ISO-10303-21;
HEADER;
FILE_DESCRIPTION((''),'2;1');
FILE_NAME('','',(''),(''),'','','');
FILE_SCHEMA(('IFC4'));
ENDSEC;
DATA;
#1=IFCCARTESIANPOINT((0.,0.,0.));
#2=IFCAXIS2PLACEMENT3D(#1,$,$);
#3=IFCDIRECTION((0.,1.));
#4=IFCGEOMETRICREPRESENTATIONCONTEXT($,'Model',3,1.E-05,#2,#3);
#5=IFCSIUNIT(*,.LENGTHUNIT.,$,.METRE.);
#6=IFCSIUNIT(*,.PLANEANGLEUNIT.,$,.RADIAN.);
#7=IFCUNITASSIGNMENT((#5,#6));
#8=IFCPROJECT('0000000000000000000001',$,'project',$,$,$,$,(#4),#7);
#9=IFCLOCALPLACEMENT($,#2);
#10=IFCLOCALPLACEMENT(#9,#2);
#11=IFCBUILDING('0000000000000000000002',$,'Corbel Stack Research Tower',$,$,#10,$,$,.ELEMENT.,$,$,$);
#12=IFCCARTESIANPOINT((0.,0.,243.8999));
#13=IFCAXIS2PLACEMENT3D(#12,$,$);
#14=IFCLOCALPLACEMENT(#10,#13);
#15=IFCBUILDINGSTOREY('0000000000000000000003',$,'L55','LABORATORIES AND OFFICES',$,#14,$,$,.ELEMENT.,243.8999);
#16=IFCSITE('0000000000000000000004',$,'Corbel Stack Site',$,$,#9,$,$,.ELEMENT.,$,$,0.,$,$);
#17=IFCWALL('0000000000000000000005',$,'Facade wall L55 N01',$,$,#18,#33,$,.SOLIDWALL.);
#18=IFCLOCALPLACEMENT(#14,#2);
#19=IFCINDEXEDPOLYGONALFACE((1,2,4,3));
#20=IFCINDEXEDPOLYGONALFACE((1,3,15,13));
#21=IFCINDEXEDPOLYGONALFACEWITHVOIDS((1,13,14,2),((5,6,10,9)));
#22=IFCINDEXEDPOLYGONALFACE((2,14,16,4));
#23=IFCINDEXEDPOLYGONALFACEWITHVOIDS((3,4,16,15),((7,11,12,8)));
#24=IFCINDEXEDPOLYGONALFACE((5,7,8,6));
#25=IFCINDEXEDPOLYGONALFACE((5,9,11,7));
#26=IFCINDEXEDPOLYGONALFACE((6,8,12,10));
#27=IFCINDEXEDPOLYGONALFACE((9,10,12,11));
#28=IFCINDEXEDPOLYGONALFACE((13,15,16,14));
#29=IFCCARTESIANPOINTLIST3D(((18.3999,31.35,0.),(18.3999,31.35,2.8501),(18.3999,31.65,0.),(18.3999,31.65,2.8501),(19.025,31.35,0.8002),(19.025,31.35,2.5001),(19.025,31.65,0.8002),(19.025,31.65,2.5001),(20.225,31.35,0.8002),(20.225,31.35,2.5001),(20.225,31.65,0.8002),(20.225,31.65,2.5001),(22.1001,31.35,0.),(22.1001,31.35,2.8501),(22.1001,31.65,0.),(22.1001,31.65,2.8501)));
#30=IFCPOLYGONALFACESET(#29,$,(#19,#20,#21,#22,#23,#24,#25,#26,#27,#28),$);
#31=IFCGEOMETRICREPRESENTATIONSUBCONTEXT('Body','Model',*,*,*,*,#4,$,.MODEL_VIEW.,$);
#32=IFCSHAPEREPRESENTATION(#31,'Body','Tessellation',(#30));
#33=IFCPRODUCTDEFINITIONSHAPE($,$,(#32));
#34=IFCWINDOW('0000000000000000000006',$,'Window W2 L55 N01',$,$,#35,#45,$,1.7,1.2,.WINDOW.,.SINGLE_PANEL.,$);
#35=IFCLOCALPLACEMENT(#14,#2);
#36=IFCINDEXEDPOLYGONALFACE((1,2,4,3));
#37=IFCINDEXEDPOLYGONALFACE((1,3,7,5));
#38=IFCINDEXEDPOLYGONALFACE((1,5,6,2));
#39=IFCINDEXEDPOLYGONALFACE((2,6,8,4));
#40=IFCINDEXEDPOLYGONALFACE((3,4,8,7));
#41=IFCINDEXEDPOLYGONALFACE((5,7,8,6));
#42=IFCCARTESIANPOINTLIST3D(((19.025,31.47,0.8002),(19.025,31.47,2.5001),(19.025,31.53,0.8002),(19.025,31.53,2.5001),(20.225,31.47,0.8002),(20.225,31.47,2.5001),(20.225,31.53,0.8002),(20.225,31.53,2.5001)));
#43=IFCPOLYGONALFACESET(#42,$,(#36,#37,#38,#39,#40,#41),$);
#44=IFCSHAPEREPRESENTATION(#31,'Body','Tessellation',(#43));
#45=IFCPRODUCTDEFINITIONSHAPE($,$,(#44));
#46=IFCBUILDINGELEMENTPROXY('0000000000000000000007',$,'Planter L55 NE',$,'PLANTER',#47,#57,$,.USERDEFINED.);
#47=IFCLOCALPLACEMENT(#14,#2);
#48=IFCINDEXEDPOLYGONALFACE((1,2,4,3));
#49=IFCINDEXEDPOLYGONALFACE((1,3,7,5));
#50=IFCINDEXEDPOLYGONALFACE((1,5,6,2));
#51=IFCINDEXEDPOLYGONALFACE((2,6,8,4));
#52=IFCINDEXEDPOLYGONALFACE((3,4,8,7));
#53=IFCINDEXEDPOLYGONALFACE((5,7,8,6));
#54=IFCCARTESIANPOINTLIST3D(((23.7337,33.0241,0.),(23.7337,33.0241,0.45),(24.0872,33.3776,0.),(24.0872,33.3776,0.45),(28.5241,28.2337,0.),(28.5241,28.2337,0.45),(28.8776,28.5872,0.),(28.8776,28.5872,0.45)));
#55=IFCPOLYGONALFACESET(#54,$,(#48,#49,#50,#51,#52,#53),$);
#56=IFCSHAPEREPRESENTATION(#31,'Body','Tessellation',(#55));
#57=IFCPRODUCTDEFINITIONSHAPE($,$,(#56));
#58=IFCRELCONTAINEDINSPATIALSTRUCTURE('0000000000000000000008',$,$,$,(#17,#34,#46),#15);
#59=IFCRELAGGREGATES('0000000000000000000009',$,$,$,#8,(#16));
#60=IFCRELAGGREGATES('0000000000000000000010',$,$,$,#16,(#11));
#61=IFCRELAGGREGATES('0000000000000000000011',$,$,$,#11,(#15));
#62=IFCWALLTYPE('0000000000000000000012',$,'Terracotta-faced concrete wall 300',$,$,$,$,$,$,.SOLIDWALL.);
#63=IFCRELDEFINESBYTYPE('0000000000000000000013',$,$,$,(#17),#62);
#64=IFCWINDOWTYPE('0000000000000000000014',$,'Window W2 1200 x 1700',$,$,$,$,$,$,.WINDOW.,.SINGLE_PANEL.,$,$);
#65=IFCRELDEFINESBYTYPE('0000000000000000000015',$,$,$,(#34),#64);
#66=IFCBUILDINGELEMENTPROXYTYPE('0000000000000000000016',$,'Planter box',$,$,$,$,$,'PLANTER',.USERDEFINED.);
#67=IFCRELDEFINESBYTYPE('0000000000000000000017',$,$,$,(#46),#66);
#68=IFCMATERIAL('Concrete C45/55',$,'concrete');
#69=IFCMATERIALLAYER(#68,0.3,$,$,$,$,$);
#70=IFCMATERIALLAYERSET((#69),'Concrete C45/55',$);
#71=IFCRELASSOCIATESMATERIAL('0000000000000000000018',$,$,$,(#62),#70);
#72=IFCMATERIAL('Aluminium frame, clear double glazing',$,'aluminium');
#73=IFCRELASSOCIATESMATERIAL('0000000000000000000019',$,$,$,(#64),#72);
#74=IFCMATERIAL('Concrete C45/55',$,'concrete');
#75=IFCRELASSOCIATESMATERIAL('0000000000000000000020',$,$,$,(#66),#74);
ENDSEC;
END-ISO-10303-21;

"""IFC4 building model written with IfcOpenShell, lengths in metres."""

from ifc_helpers import new_model, si_unit, direction, frame, frame_2d, origin, origin_2d, place, context, subcontext, project, spatial, rectangle, extrude, material, layer, layer_set, type_object, element, fill, save


model = new_model("IFC4")

# Units and contexts
model_context = context("Model", 3, precision=1e-05, world=origin(), true_north=direction((0.0, 1.0)))
body_context = subcontext(model_context, "Body", "Model", "MODEL_VIEW")
ifc_project = project(units=[si_unit("LENGTHUNIT", "METRE"), si_unit("PLANEANGLEUNIT", "RADIAN")], contexts=[model_context])

# Site, building, storey
site_placement = place(None, origin())
site = spatial("IfcSite", under=ifc_project, at=site_placement, Name="Corbel Stack Site", CompositionType="ELEMENT", RefElevation=0.0)
building_placement = place(site_placement, origin())
building = spatial("IfcBuilding", under=site, at=building_placement, Name="Corbel Stack Research Tower", CompositionType="ELEMENT")
storey_placement = place(building_placement, frame((0.0, 0.0, 243.8999)))
storey = spatial("IfcBuildingStorey", under=building, at=storey_placement, Name="L55", Description="LABORATORIES AND OFFICES", CompositionType="ELEMENT", Elevation=243.8999)

# Shared definitions
ifc_material_1 = material(Name="Concrete C45/55", Category="concrete")
ifc_layer_1 = layer(ifc_material_1, 0.3)
ifc_layer_set_1 = layer_set([ifc_layer_1], Name="Concrete C45/55")
wall_type_1 = type_object("IfcWallType", Name="Terracotta-faced concrete wall 300", PredefinedType="SOLIDWALL", material=ifc_layer_set_1)

# Wall, opening, window
wall_1_placement = place(storey_placement, frame((18.3999, 31.5, 0.0), z_axis=(0.0, 0.0, 1.0), x_axis=(1.0, 0.0, 0.0)))
wall_1 = element("IfcWall", 1, at=wall_1_placement, inside=storey, type_object=wall_type_1, Name="Facade wall L55 N01", PredefinedType="SOLIDWALL", context=body_context, shape_type="SweptSolid", body=[
    extrude(rectangle(XDim=3.7002, YDim=0.3, at=frame_2d((1.8501, 0.0))), origin(), (0.0, 0.0, 1.0), 2.8501),
])
opening_1_placement = place(wall_1_placement, frame((0.625, 0.0, 0.8)))
opening_1 = element("IfcOpeningElement", 2, at=opening_1_placement, cuts=wall_1, PredefinedType="OPENING", context=body_context, shape_type="SweptSolid", body=[
    extrude(rectangle(XDim=1.2, YDim=1.7, at=frame_2d((0.6001, 0.8501))), frame((0.0, 0.1599, 0.0), z_axis=(0.0, -1.0, 0.0), x_axis=(1.0, 0.0, 0.0)), (0.0, 0.0, 1.0), 0.3201),
])
ifc_material_2 = material(Name="Aluminium frame, clear double glazing", Category="aluminium")
window_type_1 = type_object("IfcWindowType", Name="Window W2 1200 x 1700", PartitioningType="SINGLE_PANEL", PredefinedType="WINDOW", material=ifc_material_2)
window_1_placement = place(opening_1_placement, origin())
window_1 = element("IfcWindow", 3, at=window_1_placement, inside=storey, type_object=window_type_1, Name="Window W2 L55 N01", OverallHeight=1.7, OverallWidth=1.2, PartitioningType="SINGLE_PANEL", PredefinedType="WINDOW", context=body_context, shape_type="SweptSolid", body=[
    extrude(rectangle(XDim=1.2, YDim=1.7, at=frame_2d((0.6001, 0.8501))), frame((0.0, 0.03, 0.0), z_axis=(0.0, -1.0, 0.0), x_axis=(1.0, 0.0, 0.0)), (0.0, 0.0, 1.0), 0.0601),
])
fill(opening_1, window_1)

# Building element proxy
ifc_material_3 = material(Name="Concrete C45/55", Category="concrete")
building_element_proxy_type = type_object("IfcBuildingElementProxyType", Name="Planter box", ElementType="PLANTER", PredefinedType="USERDEFINED", material=ifc_material_3)
proxy_placement = place(storey_placement, frame((26.3057, 30.8057, 0.0), z_axis=(0.0, 0.0, 1.0), x_axis=(-0.707107, 0.707107, 0.0)))
element("IfcBuildingElementProxy", 4, at=proxy_placement, inside=storey, type_object=building_element_proxy_type, Name="Planter L55 NE", ObjectType="PLANTER", PredefinedType="USERDEFINED", context=body_context, shape_type="SweptSolid", body=[
    extrude(rectangle(XDim=6.7747, YDim=0.5, at=origin_2d()), origin(), (0.0, 0.0, 1.0), 0.45),
])

save(model, "model.ifc")
